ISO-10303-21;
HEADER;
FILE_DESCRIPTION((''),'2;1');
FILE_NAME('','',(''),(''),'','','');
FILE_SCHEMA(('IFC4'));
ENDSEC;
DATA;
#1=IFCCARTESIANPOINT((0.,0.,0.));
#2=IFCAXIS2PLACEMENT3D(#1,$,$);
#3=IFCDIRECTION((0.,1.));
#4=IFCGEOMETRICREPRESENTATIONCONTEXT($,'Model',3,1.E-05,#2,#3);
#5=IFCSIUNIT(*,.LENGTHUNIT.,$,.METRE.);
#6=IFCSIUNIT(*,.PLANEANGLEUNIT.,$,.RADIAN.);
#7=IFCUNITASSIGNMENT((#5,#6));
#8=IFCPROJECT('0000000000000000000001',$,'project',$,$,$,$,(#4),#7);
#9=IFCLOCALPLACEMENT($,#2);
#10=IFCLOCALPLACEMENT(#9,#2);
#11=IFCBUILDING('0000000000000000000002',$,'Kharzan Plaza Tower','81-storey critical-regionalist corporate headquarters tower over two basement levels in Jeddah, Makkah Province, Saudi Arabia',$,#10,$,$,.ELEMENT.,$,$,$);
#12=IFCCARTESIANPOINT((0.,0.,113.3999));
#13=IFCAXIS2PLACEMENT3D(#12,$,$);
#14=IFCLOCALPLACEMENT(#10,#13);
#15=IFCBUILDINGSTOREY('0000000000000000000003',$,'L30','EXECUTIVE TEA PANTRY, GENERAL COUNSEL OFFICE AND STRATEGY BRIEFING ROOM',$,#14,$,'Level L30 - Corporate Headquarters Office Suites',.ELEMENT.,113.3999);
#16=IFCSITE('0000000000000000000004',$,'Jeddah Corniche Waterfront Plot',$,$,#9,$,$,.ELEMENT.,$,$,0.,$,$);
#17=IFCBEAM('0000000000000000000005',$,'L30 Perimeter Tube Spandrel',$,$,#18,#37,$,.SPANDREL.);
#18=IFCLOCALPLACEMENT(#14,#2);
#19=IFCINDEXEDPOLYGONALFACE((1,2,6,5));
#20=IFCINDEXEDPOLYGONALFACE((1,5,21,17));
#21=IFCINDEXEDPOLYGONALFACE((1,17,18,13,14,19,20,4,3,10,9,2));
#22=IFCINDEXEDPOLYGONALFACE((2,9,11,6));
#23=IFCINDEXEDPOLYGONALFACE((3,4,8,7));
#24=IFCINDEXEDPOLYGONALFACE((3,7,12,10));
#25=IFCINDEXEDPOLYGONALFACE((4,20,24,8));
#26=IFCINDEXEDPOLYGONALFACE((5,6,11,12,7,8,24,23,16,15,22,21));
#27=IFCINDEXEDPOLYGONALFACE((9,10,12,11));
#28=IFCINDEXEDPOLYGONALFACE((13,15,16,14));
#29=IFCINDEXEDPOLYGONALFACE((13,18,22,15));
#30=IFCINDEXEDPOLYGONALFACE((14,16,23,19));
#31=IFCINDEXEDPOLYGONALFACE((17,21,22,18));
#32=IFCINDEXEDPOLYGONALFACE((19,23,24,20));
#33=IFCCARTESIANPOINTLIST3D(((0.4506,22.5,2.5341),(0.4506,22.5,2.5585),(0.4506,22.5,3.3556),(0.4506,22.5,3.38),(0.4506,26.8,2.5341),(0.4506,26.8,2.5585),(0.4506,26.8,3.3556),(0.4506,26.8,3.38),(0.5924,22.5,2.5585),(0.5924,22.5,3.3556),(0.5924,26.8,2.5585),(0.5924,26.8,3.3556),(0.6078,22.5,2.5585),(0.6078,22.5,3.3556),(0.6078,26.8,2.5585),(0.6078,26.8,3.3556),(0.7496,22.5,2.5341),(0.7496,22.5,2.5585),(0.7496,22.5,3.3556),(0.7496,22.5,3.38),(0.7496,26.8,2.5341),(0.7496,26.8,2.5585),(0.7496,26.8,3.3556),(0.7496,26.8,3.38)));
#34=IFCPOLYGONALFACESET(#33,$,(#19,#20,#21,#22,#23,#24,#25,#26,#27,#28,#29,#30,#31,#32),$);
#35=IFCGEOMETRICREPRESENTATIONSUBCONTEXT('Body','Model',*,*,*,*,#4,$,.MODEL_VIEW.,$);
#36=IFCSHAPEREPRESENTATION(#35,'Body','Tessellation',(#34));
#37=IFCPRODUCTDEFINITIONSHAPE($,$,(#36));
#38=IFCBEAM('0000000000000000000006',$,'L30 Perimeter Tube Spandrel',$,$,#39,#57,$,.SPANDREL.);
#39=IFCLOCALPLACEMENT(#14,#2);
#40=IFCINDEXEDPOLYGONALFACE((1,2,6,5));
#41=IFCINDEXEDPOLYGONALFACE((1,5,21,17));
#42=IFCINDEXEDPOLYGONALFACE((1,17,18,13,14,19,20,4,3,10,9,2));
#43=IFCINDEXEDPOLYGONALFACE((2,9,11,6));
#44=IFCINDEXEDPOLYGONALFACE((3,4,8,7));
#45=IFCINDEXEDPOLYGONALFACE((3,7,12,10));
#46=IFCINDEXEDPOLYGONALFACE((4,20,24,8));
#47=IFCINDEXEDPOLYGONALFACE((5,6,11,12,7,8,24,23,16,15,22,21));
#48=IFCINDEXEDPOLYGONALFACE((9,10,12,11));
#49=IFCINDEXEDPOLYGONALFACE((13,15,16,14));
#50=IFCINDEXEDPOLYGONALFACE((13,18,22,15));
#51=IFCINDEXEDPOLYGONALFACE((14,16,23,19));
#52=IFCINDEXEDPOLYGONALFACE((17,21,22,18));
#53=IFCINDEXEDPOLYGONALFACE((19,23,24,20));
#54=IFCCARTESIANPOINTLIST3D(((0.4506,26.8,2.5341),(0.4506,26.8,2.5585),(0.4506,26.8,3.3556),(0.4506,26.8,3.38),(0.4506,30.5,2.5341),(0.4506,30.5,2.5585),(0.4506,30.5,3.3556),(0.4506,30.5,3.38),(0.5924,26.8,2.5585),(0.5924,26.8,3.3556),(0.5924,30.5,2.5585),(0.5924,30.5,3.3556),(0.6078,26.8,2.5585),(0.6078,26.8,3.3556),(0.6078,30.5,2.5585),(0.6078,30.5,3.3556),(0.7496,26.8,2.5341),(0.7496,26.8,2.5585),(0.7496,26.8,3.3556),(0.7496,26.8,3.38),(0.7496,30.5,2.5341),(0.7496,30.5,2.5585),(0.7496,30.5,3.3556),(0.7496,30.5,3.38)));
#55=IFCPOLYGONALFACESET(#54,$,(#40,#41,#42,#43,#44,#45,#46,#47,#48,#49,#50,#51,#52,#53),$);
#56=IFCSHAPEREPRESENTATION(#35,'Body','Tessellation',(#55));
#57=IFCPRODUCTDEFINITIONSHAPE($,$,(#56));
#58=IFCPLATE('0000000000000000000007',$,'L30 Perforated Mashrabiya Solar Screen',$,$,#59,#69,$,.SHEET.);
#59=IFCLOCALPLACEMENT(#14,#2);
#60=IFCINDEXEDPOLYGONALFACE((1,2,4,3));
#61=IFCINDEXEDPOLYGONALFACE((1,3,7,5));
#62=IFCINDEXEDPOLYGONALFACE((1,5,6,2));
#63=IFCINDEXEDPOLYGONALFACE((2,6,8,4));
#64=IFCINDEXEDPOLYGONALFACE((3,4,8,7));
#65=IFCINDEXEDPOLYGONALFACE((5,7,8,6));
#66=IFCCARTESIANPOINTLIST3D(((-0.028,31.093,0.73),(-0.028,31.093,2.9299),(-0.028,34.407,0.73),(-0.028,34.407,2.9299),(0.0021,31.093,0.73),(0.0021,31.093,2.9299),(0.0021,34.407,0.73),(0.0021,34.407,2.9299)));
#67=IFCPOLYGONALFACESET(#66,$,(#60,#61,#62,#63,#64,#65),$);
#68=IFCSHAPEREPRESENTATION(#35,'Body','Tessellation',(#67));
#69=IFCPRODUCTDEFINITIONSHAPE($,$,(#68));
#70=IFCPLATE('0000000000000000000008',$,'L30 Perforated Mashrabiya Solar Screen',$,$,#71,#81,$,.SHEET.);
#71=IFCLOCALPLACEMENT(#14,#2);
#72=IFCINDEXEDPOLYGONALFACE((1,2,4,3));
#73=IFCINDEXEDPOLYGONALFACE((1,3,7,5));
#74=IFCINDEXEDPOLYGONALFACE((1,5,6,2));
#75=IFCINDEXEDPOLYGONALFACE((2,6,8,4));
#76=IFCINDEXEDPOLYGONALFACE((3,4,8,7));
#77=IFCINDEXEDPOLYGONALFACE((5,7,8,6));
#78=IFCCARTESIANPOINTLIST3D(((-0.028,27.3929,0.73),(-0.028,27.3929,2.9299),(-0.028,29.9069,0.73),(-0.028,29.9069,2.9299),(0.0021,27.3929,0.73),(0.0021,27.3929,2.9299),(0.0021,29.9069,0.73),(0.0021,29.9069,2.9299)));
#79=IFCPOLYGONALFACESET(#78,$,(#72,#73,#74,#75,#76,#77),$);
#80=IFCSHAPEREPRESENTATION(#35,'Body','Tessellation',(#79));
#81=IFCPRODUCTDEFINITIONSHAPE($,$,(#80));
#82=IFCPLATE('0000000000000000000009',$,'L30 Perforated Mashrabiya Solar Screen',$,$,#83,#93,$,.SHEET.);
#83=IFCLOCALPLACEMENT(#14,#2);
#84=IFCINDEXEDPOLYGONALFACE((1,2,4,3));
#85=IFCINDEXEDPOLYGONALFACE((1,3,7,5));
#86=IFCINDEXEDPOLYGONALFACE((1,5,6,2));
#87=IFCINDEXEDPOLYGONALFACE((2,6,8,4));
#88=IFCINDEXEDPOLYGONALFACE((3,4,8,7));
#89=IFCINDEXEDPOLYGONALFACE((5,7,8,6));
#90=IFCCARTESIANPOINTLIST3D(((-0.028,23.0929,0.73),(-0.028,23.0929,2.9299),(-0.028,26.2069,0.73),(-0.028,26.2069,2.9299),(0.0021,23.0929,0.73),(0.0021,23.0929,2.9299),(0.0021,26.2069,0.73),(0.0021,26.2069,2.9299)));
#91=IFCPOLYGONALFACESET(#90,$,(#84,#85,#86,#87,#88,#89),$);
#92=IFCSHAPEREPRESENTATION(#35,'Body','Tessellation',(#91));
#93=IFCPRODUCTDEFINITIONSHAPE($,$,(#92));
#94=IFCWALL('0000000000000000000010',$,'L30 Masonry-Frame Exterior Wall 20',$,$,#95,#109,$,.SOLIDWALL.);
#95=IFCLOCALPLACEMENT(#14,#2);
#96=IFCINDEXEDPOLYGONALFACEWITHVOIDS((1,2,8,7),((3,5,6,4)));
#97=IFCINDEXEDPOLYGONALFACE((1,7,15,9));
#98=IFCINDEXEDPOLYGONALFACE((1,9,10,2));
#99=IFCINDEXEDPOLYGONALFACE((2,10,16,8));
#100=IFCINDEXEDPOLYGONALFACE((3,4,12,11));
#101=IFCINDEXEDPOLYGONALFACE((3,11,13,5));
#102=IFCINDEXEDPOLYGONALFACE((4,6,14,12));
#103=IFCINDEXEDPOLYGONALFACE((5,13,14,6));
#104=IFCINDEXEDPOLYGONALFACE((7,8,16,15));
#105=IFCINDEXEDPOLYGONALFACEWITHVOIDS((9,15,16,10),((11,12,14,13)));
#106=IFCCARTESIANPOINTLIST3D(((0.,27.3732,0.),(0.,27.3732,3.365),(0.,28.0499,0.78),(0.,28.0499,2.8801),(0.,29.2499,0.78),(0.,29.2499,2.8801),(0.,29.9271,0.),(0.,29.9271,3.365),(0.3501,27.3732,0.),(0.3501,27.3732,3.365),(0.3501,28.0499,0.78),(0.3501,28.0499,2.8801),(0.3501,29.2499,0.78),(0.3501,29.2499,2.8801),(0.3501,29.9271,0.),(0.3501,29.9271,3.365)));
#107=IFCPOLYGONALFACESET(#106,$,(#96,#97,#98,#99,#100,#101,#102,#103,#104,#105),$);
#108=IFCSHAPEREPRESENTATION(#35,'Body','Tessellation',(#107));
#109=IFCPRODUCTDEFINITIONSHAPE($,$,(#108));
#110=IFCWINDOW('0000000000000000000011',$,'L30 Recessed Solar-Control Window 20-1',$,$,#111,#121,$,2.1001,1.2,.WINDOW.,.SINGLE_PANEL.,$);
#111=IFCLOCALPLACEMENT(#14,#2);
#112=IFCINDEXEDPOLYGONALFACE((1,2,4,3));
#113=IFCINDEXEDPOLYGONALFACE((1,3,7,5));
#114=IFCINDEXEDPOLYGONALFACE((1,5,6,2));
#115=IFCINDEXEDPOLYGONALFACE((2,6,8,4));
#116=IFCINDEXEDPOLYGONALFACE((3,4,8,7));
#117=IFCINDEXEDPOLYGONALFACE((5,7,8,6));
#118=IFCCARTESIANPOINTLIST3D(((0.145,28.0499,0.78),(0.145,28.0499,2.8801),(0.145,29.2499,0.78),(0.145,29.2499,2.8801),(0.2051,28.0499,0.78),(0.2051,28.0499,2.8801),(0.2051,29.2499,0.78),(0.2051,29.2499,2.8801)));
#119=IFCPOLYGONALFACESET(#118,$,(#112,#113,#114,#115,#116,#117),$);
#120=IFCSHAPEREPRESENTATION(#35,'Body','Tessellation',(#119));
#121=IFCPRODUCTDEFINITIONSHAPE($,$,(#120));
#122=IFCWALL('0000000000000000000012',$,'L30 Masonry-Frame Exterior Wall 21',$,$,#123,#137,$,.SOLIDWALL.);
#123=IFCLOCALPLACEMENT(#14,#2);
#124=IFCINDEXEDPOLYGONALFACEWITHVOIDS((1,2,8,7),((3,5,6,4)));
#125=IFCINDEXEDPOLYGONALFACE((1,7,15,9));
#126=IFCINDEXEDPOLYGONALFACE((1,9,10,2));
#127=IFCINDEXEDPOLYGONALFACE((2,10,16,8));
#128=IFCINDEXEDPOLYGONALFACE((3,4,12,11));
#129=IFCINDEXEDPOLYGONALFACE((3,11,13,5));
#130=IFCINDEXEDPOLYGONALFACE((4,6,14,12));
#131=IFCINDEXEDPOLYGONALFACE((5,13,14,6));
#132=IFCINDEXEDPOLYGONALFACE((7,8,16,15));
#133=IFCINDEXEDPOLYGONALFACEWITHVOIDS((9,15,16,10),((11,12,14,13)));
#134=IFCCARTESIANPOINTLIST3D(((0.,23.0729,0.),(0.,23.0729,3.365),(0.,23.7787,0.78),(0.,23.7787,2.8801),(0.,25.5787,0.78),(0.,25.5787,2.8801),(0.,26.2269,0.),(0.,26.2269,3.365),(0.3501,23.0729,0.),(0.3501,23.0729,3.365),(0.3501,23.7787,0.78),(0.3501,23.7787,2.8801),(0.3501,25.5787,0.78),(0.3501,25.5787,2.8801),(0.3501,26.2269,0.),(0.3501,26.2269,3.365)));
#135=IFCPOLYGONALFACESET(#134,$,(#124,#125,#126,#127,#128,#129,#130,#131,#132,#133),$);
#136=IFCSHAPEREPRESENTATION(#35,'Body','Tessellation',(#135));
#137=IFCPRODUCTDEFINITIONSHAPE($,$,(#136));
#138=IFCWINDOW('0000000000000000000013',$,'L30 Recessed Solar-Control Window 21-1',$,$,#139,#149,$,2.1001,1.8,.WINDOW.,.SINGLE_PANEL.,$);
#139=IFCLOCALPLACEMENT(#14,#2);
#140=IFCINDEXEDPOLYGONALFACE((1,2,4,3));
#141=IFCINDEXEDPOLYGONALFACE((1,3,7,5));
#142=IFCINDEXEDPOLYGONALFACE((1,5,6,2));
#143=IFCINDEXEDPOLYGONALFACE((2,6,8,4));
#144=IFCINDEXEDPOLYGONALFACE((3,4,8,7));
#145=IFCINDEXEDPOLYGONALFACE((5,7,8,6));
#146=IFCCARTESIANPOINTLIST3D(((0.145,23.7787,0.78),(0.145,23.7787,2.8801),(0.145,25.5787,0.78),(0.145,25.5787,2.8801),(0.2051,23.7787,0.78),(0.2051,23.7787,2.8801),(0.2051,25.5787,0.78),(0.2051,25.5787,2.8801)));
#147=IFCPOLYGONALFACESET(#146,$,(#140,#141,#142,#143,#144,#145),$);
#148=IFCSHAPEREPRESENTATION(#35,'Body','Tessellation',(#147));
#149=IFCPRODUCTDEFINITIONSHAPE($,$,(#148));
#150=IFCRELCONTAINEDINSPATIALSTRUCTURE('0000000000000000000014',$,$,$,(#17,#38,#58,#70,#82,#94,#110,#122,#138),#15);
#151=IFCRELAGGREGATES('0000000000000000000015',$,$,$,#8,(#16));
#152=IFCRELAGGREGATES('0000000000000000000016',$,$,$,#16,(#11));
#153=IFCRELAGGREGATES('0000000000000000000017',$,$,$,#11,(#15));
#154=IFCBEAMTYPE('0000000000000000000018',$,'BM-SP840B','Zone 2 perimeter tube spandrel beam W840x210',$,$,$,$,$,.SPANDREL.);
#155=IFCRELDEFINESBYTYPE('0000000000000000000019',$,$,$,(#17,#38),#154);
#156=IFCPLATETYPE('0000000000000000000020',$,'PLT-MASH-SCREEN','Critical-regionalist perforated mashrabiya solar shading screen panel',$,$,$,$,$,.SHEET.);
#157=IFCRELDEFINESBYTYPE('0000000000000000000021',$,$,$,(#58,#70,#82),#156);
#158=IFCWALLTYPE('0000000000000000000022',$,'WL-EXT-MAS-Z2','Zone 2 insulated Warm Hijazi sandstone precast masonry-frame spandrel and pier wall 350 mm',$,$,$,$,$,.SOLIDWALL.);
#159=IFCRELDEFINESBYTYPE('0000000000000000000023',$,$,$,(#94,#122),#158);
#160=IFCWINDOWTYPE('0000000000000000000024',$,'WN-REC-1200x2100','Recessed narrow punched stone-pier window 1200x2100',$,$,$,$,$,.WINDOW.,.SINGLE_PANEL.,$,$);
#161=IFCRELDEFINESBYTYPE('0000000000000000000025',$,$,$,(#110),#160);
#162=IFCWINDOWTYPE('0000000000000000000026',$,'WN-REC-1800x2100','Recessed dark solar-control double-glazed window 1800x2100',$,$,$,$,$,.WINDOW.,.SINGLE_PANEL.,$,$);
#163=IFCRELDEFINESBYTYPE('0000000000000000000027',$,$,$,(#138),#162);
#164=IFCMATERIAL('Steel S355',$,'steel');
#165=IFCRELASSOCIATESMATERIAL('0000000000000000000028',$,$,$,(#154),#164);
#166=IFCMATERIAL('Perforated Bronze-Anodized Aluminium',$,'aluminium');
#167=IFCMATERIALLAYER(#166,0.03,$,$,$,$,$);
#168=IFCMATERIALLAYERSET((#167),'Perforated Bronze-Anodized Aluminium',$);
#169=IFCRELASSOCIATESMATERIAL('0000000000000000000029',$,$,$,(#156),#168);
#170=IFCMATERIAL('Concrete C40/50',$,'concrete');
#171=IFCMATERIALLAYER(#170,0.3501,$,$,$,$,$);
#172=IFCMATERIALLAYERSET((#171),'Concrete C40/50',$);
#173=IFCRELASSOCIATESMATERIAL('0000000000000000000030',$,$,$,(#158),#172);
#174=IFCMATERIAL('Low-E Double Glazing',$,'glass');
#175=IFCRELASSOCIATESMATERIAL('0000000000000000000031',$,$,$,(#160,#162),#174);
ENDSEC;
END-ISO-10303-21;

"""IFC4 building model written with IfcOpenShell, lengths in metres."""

from ifc_helpers import new_model, si_unit, direction, frame, frame_2d, origin, origin_2d, place, context, subcontext, project, spatial, rectangle, i_section, extrude, source, transform, mapped, material, layer, layer_set, material_profile, profile_set, type_object, element, fill, save


model = new_model("IFC4")

# Units and contexts
model_context = context("Model", 3, precision=1e-05, world=origin(), true_north=direction((0.0, 1.0)))
body_context = subcontext(model_context, "Body", "Model", "MODEL_VIEW")
ifc_project = project(units=[si_unit("LENGTHUNIT", "METRE"), si_unit("PLANEANGLEUNIT", "RADIAN")], contexts=[model_context])

# Site, building, storey
site_placement = place(None, origin())
site = spatial("IfcSite", under=ifc_project, at=site_placement, Name="Jeddah Corniche Waterfront Plot", CompositionType="ELEMENT", RefElevation=0.0)
building_placement = place(site_placement, origin())
building = spatial("IfcBuilding", under=site, at=building_placement, Name="Kharzan Plaza Tower", Description="81-storey critical-regionalist corporate headquarters tower over two basement levels in Jeddah, Makkah Province, Saudi Arabia", CompositionType="ELEMENT")
storey_placement = place(building_placement, frame((0.0, 0.0, 113.3999)))
storey = spatial("IfcBuildingStorey", under=building, at=storey_placement, Name="L30", Description="EXECUTIVE TEA PANTRY, GENERAL COUNSEL OFFICE AND STRATEGY BRIEFING ROOM", LongName="Level L30 - Corporate Headquarters Office Suites", CompositionType="ELEMENT", Elevation=113.3999)

# Beams
ifc_material_1 = material(Name="Steel S355", Category="steel")
ifc_material_profile_1 = material_profile(ifc_material_1, i_section(OverallWidth=0.2991, OverallDepth=0.8459, WebThickness=0.0154, FlangeThickness=0.0244, at=origin_2d()), Name="W840x210")
ifc_profile_set_1 = profile_set([ifc_material_profile_1], Name="Steel S355")
beam_type_1 = type_object("IfcBeamType", Name="BM-SP840B", Description="Zone 2 perimeter tube spandrel beam W840x210", PredefinedType="SPANDREL", material=ifc_profile_set_1)
shared_shape_1 = source(origin(), body_context, "Body", "SweptSolid", [
    extrude(i_section(OverallWidth=0.2991, OverallDepth=0.8459, WebThickness=0.0154, FlangeThickness=0.0244, at=origin_2d()), origin(), (0.0, 0.0, 1.0), 4.3),
])
beam_1_placement = place(storey_placement, frame((0.6001, 22.5, 2.957), z_axis=(0.0, 1.0, 0.0), x_axis=(-1.0, 0.0, 0.0)))
element("IfcBeam", 1, at=beam_1_placement, inside=storey, type_object=beam_type_1, Name="L30 Perimeter Tube Spandrel", PredefinedType="SPANDREL", context=body_context, shape_type="MappedRepresentation", body=[
    mapped(shared_shape_1, transform((0.0, 0.0, 0.0), x_axis=(1.0, 0.0, 0.0), y_axis=(0.0, 1.0, 0.0), z_axis=(0.0, 0.0, 1.0))),
])
shared_shape_2 = source(origin(), body_context, "Body", "SweptSolid", [
    extrude(i_section(OverallWidth=0.2991, OverallDepth=0.8459, WebThickness=0.0154, FlangeThickness=0.0244, at=origin_2d()), origin(), (0.0, 0.0, 1.0), 3.7),
])
beam_2_placement = place(storey_placement, frame((0.6001, 26.8, 2.957), z_axis=(0.0, 1.0, 0.0), x_axis=(-1.0, 0.0, 0.0)))
element("IfcBeam", 2, at=beam_2_placement, inside=storey, type_object=beam_type_1, Name="L30 Perimeter Tube Spandrel", PredefinedType="SPANDREL", context=body_context, shape_type="MappedRepresentation", body=[
    mapped(shared_shape_2, transform((0.0, 0.0, 0.0), x_axis=(1.0, 0.0, 0.0), y_axis=(0.0, 1.0, 0.0), z_axis=(0.0, 0.0, 1.0))),
])

# Plates
ifc_material_2 = material(Name="Perforated Bronze-Anodized Aluminium", Category="aluminium")
ifc_layer_1 = layer(ifc_material_2, 0.03)
ifc_layer_set_1 = layer_set([ifc_layer_1], Name="Perforated Bronze-Anodized Aluminium")
plate_type = type_object("IfcPlateType", Name="PLT-MASH-SCREEN", Description="Critical-regionalist perforated mashrabiya solar shading screen panel", PredefinedType="SHEET", material=ifc_layer_set_1)
shared_shape_3 = source(origin(), body_context, "Body", "SweptSolid", [
    extrude(rectangle(XDim=3.314, YDim=0.03, at=origin_2d()), origin(), (0.0, 0.0, 1.0), 2.2),
])
plate_1_placement = place(storey_placement, frame((-0.0129, 32.75, 0.73), z_axis=(0.0, 0.0, 1.0), x_axis=(0.0, -1.0, 0.0)))
element("IfcPlate", 3, at=plate_1_placement, inside=storey, type_object=plate_type, Name="L30 Perforated Mashrabiya Solar Screen", PredefinedType="SHEET", context=body_context, shape_type="MappedRepresentation", body=[
    mapped(shared_shape_3, transform((0.0, 0.0, 0.0), x_axis=(1.0, 0.0, 0.0), y_axis=(0.0, 1.0, 0.0), z_axis=(0.0, 0.0, 1.0))),
])
shared_shape_4 = source(origin(), body_context, "Body", "SweptSolid", [
    extrude(rectangle(XDim=2.5139, YDim=0.03, at=origin_2d()), origin(), (0.0, 0.0, 1.0), 2.2),
])
plate_2_placement = place(storey_placement, frame((-0.0129, 28.6499, 0.73), z_axis=(0.0, 0.0, 1.0), x_axis=(0.0, -1.0, 0.0)))
element("IfcPlate", 4, at=plate_2_placement, inside=storey, type_object=plate_type, Name="L30 Perforated Mashrabiya Solar Screen", PredefinedType="SHEET", context=body_context, shape_type="MappedRepresentation", body=[
    mapped(shared_shape_4, transform((0.0, 0.0, 0.0), x_axis=(1.0, 0.0, 0.0), y_axis=(0.0, 1.0, 0.0), z_axis=(0.0, 0.0, 1.0))),
])
shared_shape_5 = source(origin(), body_context, "Body", "SweptSolid", [
    extrude(rectangle(XDim=3.114, YDim=0.03, at=origin_2d()), origin(), (0.0, 0.0, 1.0), 2.2),
])
plate_3_placement = place(storey_placement, frame((-0.0129, 24.6499, 0.73), z_axis=(0.0, 0.0, 1.0), x_axis=(0.0, -1.0, 0.0)))
element("IfcPlate", 5, at=plate_3_placement, inside=storey, type_object=plate_type, Name="L30 Perforated Mashrabiya Solar Screen", PredefinedType="SHEET", context=body_context, shape_type="MappedRepresentation", body=[
    mapped(shared_shape_5, transform((0.0, 0.0, 0.0), x_axis=(1.0, 0.0, 0.0), y_axis=(0.0, 1.0, 0.0), z_axis=(0.0, 0.0, 1.0))),
])

# Walls, openings, windows
ifc_material_3 = material(Name="Concrete C40/50", Category="concrete")
ifc_layer_2 = layer(ifc_material_3, 0.3501)
ifc_layer_set_2 = layer_set([ifc_layer_2], Name="Concrete C40/50")
wall_type_1 = type_object("IfcWallType", Name="WL-EXT-MAS-Z2", Description="Zone 2 insulated Warm Hijazi sandstone precast masonry-frame spandrel and pier wall 350 mm", PredefinedType="SOLIDWALL", material=ifc_layer_set_2)
wall_1_placement = place(storey_placement, frame((0.175, 29.927, 0.0), z_axis=(0.0, 0.0, 1.0), x_axis=(0.0, -1.0, 0.0)))
wall_1 = element("IfcWall", 6, at=wall_1_placement, inside=storey, type_object=wall_type_1, Name="L30 Masonry-Frame Exterior Wall 20", PredefinedType="SOLIDWALL", context=body_context, shape_type="SweptSolid", body=[
    extrude(rectangle(XDim=2.554, YDim=0.3501, at=frame_2d((1.2769, 0.0))), origin(), (0.0, 0.0, 1.0), 3.365),
])
opening_1_placement = place(wall_1_placement, frame((0.677, 0.0, 0.78)))
opening_1 = element("IfcOpeningElement", 7, at=opening_1_placement, cuts=wall_1, PredefinedType="OPENING", context=body_context, shape_type="SweptSolid", body=[
    extrude(rectangle(XDim=1.2, YDim=2.1001, at=frame_2d((0.6001, 1.05))), frame((0.0, 0.1851, 0.0), z_axis=(0.0, -1.0, 0.0), x_axis=(1.0, 0.0, 0.0)), (0.0, 0.0, 1.0), 0.3701),
])
ifc_material_4 = material(Name="Low-E Double Glazing", Category="glass")
window_type_1 = type_object("IfcWindowType", Name="WN-REC-1200x2100", Description="Recessed narrow punched stone-pier window 1200x2100", PartitioningType="SINGLE_PANEL", PredefinedType="WINDOW", material=ifc_material_4)
shared_shape_6 = source(origin(), body_context, "Body", "SweptSolid", [
    extrude(rectangle(XDim=1.2, YDim=2.1001, at=frame_2d((0.6001, 1.05))), frame((0.0, 0.03, 0.0), z_axis=(0.0, -1.0, 0.0), x_axis=(1.0, 0.0, 0.0)), (0.0, 0.0, 1.0), 0.0601),
])
window_1_placement = place(opening_1_placement, origin())
window_1 = element("IfcWindow", 8, at=window_1_placement, inside=storey, type_object=window_type_1, Name="L30 Recessed Solar-Control Window 20-1", OverallHeight=2.1001, OverallWidth=1.2, PartitioningType="SINGLE_PANEL", PredefinedType="WINDOW", context=body_context, shape_type="MappedRepresentation", body=[
    mapped(shared_shape_6, transform((0.0, 0.0, 0.0), x_axis=(1.0, 0.0, 0.0), y_axis=(0.0, 1.0, 0.0), z_axis=(0.0, 0.0, 1.0))),
])
fill(opening_1, window_1)
wall_2_placement = place(storey_placement, frame((0.175, 26.2271, 0.0), z_axis=(0.0, 0.0, 1.0), x_axis=(0.0, -1.0, 0.0)))
wall_2 = element("IfcWall", 9, at=wall_2_placement, inside=storey, type_object=wall_type_1, Name="L30 Masonry-Frame Exterior Wall 21", PredefinedType="SOLIDWALL", context=body_context, shape_type="SweptSolid", body=[
    extrude(rectangle(XDim=3.1541, YDim=0.3501, at=frame_2d((1.5771, 0.0))), origin(), (0.0, 0.0, 1.0), 3.365),
])
opening_2_placement = place(wall_2_placement, frame((0.6484, 0.0, 0.78)))
opening_2 = element("IfcOpeningElement", 10, at=opening_2_placement, cuts=wall_2, PredefinedType="OPENING", context=body_context, shape_type="SweptSolid", body=[
    extrude(rectangle(XDim=1.8, YDim=2.1001, at=frame_2d((0.8999, 1.05))), frame((0.0, 0.1851, 0.0), z_axis=(0.0, -1.0, 0.0), x_axis=(1.0, 0.0, 0.0)), (0.0, 0.0, 1.0), 0.3701),
])
window_type_2 = type_object("IfcWindowType", Name="WN-REC-1800x2100", Description="Recessed dark solar-control double-glazed window 1800x2100", PartitioningType="SINGLE_PANEL", PredefinedType="WINDOW", material=ifc_material_4)
shared_shape_7 = source(origin(), body_context, "Body", "SweptSolid", [
    extrude(rectangle(XDim=1.8, YDim=2.1001, at=frame_2d((0.8999, 1.05))), frame((0.0, 0.03, 0.0), z_axis=(0.0, -1.0, 0.0), x_axis=(1.0, 0.0, 0.0)), (0.0, 0.0, 1.0), 0.0601),
])
window_2_placement = place(opening_2_placement, origin())
window_2 = element("IfcWindow", 11, at=window_2_placement, inside=storey, type_object=window_type_2, Name="L30 Recessed Solar-Control Window 21-1", OverallHeight=2.1001, OverallWidth=1.8, PartitioningType="SINGLE_PANEL", PredefinedType="WINDOW", context=body_context, shape_type="MappedRepresentation", body=[
    mapped(shared_shape_7, transform((0.0, 0.0, 0.0), x_axis=(1.0, 0.0, 0.0), y_axis=(0.0, 1.0, 0.0), z_axis=(0.0, 0.0, 1.0))),
])
fill(opening_2, window_2)

save(model, "model.ifc")
